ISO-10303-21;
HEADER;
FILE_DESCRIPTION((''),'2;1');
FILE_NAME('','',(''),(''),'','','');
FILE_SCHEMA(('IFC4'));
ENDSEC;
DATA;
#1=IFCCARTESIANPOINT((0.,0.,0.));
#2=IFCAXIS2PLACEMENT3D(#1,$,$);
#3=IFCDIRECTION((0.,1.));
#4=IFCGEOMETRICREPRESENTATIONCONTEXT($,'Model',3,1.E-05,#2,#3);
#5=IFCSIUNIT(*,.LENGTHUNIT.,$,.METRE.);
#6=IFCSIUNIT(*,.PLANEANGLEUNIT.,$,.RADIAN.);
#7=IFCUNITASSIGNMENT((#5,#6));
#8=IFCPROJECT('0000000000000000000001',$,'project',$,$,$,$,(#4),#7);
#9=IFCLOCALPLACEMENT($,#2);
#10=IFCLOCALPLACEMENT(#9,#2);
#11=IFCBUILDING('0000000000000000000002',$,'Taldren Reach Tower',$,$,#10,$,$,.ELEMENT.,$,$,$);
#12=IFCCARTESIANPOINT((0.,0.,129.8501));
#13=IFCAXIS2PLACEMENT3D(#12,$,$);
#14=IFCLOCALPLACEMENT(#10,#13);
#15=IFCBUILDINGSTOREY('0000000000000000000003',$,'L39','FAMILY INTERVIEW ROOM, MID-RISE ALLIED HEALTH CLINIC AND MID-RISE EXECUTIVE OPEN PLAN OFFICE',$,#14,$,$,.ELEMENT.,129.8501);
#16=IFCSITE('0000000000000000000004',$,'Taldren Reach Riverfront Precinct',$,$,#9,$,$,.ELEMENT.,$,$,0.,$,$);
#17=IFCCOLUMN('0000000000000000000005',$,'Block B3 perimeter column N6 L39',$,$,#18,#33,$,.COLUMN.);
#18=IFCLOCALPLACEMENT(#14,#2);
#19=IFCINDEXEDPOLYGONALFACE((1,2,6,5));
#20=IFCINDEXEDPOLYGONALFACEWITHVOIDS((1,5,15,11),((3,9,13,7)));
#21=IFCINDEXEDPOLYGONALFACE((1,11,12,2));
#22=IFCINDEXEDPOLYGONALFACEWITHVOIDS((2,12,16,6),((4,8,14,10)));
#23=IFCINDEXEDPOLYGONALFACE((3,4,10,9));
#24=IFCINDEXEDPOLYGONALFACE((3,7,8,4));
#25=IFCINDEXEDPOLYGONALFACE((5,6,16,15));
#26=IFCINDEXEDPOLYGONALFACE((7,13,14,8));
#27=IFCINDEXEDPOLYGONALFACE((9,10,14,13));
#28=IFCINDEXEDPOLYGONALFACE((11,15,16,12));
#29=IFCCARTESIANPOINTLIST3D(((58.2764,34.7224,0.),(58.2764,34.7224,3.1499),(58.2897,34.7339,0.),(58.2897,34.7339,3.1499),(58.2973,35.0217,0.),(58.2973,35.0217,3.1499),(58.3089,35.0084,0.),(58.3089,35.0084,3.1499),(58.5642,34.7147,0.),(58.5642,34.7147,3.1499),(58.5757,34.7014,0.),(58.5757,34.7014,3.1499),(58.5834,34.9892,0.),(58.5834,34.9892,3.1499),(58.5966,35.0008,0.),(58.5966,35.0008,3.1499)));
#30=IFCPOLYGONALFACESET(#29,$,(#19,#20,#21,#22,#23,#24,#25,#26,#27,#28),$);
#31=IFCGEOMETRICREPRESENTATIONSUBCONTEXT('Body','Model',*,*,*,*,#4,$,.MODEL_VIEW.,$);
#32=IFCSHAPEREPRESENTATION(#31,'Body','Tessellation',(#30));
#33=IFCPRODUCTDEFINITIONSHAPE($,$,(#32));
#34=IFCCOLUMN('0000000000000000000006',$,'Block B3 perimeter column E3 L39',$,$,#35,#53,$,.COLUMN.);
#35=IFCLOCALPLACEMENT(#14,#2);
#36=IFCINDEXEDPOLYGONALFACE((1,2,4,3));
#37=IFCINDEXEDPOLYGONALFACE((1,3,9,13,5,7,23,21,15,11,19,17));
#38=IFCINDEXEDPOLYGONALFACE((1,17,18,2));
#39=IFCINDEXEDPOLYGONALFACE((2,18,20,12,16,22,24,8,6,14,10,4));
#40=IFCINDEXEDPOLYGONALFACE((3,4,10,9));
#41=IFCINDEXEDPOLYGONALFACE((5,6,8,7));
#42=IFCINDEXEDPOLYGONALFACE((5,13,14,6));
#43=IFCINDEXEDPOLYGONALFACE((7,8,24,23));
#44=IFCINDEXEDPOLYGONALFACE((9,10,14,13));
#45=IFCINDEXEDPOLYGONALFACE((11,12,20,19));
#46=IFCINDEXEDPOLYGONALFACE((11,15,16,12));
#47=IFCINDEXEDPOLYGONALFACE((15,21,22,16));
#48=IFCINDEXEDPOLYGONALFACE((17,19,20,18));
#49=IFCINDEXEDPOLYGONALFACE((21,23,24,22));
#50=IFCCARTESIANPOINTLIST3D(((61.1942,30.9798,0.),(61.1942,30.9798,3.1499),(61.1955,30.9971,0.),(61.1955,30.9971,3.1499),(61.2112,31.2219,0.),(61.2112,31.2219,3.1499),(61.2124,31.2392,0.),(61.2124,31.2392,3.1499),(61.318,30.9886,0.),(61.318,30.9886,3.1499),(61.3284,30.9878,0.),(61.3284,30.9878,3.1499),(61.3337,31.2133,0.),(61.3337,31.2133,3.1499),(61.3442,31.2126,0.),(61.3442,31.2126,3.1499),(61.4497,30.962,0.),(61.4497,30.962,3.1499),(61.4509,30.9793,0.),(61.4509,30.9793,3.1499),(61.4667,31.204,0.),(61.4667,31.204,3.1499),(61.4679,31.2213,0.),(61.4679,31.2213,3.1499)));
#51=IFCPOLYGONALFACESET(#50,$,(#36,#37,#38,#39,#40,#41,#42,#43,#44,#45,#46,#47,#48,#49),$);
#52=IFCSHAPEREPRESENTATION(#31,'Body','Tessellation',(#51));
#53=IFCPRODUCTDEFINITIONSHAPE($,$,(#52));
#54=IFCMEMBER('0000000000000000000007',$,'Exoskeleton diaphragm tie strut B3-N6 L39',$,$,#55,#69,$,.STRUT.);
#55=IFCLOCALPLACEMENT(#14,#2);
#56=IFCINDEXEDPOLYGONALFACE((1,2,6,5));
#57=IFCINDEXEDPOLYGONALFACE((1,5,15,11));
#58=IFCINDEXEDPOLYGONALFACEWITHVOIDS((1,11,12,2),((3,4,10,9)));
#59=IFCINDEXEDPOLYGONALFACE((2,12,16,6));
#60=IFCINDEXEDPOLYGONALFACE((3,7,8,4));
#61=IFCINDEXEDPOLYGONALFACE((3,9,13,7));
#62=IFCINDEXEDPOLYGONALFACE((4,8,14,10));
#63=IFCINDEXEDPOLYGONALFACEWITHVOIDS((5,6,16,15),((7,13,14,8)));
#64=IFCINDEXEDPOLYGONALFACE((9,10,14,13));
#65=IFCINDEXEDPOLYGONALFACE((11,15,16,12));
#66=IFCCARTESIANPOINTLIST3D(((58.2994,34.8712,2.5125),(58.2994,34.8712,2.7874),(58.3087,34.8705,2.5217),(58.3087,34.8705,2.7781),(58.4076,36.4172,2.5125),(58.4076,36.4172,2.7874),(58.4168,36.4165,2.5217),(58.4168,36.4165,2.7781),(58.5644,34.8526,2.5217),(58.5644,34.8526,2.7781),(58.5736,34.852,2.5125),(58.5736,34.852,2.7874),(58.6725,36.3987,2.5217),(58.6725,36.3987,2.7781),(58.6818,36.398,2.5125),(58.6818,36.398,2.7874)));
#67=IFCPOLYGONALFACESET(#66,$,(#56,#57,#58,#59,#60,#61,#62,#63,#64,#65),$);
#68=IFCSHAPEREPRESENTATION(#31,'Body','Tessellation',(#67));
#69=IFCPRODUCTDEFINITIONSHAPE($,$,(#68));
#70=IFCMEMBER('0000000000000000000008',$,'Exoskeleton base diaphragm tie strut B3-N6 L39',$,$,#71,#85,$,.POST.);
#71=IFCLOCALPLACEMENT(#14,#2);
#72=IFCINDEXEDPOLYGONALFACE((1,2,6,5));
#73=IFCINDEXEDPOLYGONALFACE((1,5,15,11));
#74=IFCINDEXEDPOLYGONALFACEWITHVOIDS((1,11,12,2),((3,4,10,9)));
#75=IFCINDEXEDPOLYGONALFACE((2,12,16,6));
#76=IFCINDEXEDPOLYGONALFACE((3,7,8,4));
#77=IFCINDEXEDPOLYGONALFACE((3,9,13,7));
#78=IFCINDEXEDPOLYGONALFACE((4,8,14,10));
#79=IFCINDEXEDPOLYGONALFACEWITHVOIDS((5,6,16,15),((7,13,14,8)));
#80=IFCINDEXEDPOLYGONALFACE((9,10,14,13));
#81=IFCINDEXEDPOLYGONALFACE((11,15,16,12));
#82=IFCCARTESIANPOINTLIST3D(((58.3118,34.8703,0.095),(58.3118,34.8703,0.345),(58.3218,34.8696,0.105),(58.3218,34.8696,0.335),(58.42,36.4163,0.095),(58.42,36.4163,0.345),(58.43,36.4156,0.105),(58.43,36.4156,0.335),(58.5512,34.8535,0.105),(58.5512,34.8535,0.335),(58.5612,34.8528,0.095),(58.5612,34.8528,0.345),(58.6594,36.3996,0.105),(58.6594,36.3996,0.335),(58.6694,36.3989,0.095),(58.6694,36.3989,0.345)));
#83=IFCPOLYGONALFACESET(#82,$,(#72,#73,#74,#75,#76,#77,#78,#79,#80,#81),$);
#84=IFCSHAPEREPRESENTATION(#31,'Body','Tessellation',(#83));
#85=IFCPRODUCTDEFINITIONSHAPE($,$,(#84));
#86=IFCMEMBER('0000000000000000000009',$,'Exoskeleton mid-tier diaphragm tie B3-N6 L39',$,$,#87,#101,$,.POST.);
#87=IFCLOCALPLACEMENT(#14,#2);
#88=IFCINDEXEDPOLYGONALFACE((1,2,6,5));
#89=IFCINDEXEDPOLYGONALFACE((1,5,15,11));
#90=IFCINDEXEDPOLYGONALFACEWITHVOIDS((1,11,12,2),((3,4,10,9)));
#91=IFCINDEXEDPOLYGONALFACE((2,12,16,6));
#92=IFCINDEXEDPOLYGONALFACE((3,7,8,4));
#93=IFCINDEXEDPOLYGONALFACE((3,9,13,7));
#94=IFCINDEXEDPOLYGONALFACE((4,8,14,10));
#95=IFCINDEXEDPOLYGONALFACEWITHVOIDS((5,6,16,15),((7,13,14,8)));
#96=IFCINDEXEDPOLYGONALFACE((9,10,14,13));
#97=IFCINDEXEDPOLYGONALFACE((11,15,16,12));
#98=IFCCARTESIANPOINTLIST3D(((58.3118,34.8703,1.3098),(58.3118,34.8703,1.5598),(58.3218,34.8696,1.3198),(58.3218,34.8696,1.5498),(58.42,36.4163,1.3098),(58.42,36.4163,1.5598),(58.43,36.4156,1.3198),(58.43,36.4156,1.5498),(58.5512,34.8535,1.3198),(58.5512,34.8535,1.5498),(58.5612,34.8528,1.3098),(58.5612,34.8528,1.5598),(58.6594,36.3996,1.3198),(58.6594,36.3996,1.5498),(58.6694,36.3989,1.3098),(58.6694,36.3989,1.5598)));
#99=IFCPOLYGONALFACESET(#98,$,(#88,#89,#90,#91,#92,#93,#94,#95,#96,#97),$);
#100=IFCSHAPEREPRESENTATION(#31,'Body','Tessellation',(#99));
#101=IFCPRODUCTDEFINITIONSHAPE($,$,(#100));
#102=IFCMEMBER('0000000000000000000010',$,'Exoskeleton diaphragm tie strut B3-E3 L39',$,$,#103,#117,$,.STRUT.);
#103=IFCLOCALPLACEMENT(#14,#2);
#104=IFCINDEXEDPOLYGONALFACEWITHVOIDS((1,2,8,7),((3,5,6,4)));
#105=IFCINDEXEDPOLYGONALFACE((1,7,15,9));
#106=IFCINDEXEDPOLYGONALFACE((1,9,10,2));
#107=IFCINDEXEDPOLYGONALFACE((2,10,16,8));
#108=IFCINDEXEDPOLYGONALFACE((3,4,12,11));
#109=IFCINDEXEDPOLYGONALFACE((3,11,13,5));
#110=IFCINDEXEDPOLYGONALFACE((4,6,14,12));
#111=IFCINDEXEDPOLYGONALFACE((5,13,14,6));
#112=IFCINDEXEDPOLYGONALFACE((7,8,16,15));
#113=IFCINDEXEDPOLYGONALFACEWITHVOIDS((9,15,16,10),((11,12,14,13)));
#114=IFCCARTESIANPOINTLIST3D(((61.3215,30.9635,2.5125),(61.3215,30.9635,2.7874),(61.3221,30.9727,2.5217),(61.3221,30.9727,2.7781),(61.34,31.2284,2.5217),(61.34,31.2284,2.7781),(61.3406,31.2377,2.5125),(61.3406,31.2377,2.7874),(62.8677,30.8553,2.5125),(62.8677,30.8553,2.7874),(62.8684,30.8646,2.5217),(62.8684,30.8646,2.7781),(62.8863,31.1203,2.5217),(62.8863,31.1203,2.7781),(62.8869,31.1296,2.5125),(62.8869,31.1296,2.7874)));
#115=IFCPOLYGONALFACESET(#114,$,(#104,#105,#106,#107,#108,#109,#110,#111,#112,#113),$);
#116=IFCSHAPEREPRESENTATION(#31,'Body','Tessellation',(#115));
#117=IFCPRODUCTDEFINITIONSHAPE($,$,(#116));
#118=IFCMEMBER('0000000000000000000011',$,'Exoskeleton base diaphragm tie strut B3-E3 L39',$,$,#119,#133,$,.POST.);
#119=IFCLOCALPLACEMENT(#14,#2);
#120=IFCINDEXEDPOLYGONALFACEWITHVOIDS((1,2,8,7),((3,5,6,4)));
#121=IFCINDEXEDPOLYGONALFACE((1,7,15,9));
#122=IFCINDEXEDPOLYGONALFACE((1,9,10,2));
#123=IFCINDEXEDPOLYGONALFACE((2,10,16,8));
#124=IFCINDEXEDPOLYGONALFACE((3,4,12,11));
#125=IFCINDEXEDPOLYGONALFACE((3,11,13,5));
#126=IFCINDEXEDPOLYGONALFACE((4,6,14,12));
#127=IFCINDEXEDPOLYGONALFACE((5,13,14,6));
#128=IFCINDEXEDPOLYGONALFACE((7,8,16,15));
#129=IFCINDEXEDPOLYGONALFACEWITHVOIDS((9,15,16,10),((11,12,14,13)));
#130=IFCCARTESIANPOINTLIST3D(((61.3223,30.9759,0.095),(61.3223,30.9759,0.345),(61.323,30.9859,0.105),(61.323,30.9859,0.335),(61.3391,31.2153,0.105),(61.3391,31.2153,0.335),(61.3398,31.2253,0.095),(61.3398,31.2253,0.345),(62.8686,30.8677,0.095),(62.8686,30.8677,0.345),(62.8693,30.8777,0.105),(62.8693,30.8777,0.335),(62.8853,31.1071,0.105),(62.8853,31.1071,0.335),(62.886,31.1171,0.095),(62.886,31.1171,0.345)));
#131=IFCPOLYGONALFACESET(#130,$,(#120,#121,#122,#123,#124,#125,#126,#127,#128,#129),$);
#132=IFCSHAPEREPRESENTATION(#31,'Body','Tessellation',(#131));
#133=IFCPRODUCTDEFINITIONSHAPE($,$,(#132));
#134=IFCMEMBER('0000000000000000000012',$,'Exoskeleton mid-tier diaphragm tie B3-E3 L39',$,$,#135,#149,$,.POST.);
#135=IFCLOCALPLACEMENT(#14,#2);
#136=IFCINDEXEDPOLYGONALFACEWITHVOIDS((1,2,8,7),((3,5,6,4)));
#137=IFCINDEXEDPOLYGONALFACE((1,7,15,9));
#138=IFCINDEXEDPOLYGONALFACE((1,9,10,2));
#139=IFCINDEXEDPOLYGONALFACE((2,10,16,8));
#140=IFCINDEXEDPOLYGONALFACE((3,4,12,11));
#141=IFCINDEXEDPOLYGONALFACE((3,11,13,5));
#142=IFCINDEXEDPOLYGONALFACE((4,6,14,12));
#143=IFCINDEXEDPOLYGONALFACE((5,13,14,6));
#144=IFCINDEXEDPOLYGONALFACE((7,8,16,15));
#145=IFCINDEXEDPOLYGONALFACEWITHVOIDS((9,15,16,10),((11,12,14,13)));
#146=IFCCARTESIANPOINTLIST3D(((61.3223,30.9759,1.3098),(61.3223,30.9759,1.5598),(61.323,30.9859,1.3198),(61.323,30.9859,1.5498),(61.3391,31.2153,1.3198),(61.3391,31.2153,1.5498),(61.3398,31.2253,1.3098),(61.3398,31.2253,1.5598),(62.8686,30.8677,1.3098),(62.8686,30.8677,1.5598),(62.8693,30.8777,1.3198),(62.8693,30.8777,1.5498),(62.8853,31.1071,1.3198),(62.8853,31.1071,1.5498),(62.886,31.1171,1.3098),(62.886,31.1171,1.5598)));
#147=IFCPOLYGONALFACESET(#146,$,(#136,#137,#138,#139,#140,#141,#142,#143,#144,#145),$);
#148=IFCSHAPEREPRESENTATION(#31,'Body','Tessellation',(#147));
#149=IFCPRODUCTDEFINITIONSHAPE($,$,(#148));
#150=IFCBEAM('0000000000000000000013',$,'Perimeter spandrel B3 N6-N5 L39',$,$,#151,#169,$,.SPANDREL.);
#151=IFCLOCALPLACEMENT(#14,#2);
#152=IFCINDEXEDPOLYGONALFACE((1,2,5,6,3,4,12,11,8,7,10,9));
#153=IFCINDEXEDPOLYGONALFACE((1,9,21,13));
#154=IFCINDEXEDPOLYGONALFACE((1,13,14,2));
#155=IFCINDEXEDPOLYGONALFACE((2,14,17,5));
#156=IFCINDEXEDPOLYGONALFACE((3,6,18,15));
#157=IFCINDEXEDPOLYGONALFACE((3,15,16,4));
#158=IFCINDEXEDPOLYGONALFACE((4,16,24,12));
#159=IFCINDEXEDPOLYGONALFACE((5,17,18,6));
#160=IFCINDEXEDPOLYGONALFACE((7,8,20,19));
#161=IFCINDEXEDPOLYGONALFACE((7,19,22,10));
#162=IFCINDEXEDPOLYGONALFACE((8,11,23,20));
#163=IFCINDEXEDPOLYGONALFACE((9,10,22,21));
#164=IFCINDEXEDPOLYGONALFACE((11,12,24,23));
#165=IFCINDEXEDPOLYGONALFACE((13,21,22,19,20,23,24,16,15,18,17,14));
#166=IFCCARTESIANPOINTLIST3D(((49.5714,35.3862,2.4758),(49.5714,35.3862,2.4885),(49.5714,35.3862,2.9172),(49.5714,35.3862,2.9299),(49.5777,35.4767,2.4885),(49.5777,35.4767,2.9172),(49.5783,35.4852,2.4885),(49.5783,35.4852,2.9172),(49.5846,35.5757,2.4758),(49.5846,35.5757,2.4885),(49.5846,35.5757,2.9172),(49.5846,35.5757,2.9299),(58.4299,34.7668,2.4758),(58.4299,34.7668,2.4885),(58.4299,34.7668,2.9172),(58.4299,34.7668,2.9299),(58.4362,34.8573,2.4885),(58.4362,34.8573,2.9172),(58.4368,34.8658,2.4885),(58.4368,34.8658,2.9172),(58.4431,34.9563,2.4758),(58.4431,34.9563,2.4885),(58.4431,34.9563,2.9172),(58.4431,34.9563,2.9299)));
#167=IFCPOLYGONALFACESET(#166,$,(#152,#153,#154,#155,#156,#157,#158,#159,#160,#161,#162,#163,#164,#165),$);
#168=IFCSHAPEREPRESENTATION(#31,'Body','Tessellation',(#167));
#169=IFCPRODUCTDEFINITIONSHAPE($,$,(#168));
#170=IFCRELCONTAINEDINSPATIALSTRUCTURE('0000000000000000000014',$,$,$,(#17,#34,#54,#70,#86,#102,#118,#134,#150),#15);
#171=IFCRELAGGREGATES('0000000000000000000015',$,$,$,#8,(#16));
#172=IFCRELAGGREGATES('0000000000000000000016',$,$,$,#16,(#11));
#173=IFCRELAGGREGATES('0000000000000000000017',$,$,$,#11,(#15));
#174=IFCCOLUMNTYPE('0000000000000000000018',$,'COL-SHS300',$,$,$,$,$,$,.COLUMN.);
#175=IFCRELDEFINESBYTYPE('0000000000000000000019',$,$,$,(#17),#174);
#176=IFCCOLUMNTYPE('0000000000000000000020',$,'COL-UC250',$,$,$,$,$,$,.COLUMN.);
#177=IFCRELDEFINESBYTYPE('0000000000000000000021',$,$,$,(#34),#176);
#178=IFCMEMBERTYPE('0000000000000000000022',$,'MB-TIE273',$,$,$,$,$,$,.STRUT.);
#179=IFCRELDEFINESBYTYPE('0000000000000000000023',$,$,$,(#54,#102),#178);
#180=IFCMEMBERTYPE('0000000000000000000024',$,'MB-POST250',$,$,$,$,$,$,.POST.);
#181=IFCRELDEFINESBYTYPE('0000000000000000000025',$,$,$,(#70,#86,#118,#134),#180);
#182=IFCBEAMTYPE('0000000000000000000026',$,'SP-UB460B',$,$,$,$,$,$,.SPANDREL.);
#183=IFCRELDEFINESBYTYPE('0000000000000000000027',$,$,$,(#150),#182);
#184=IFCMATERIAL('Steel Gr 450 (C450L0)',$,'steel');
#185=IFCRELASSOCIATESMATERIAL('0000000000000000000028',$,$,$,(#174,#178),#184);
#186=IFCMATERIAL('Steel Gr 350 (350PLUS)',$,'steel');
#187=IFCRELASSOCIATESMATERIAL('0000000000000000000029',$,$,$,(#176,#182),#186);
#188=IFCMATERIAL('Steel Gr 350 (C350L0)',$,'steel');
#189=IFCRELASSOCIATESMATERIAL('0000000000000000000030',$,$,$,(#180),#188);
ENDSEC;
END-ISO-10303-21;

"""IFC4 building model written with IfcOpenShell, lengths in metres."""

from ifc_helpers import new_model, si_unit, direction, frame, origin, origin_2d, place, context, subcontext, project, spatial, hollow_rectangle, i_section, extrude, source, transform, mapped, material, material_profile, profile_set, type_object, element, save


model = new_model("IFC4")

# Units and contexts
model_context = context("Model", 3, precision=1e-05, world=origin(), true_north=direction((0.0, 1.0)))
body_context = subcontext(model_context, "Body", "Model", "MODEL_VIEW")
ifc_project = project(units=[si_unit("LENGTHUNIT", "METRE"), si_unit("PLANEANGLEUNIT", "RADIAN")], contexts=[model_context])

# Site, building, storey
site_placement = place(None, origin())
site = spatial("IfcSite", under=ifc_project, at=site_placement, Name="Taldren Reach Riverfront Precinct", CompositionType="ELEMENT", RefElevation=0.0)
building_placement = place(site_placement, origin())
building = spatial("IfcBuilding", under=site, at=building_placement, Name="Taldren Reach Tower", CompositionType="ELEMENT")
storey_placement = place(building_placement, frame((0.0, 0.0, 129.8501)))
storey = spatial("IfcBuildingStorey", under=building, at=storey_placement, Name="L39", Description="FAMILY INTERVIEW ROOM, MID-RISE ALLIED HEALTH CLINIC AND MID-RISE EXECUTIVE OPEN PLAN OFFICE", CompositionType="ELEMENT", Elevation=129.8501)

# Columns
ifc_material_1 = material(Name="Steel Gr 450 (C450L0)", Category="steel")
ifc_material_profile_1 = material_profile(ifc_material_1, hollow_rectangle(XDim=0.3, YDim=0.3, WallThickness=0.0125, at=origin_2d()), Name="300x300x12.5SHS")
ifc_profile_set_1 = profile_set([ifc_material_profile_1], Name="Steel Gr 450 (C450L0)")
column_type_1 = type_object("IfcColumnType", Name="COL-SHS300", PredefinedType="COLUMN", material=ifc_profile_set_1)
shared_shape_1 = source(origin(), body_context, "Body", "SweptSolid", [
    extrude(hollow_rectangle(XDim=0.3, YDim=0.3, WallThickness=0.0125, at=origin_2d()), origin(), (0.0, 0.0, 1.0), 3.1499),
])
column_1_placement = place(storey_placement, frame((58.4365, 34.8616, 0.0), z_axis=(0.0, 0.0, 1.0), x_axis=(0.997564, -0.069756, 0.0)))
element("IfcColumn", 1, at=column_1_placement, inside=storey, type_object=column_type_1, Name="Block B3 perimeter column N6 L39", PredefinedType="COLUMN", context=body_context, shape_type="MappedRepresentation", body=[
    mapped(shared_shape_1, transform((0.0, 0.0, 0.0), scale=1.0)),
])
ifc_material_2 = material(Name="Steel Gr 350 (350PLUS)", Category="steel")
ifc_material_profile_2 = material_profile(ifc_material_2, i_section(OverallWidth=0.2561, OverallDepth=0.26, WebThickness=0.0105, FlangeThickness=0.0173, at=origin_2d()), Name="250UC89.5")
ifc_profile_set_2 = profile_set([ifc_material_profile_2], Name="Steel Gr 350 (350PLUS)")
column_type_2 = type_object("IfcColumnType", Name="COL-UC250", PredefinedType="COLUMN", material=ifc_profile_set_2)
shared_shape_2 = source(origin(), body_context, "Body", "SweptSolid", [
    extrude(i_section(OverallWidth=0.2561, OverallDepth=0.26, WebThickness=0.0105, FlangeThickness=0.0173, at=origin_2d()), origin(), (0.0, 0.0, 1.0), 3.1499),
])
column_2_placement = place(storey_placement, frame((61.3311, 31.1006, 0.0), z_axis=(0.0, 0.0, 1.0), x_axis=(0.997564, -0.069756, 0.0)))
element("IfcColumn", 2, at=column_2_placement, inside=storey, type_object=column_type_2, Name="Block B3 perimeter column E3 L39", PredefinedType="COLUMN", context=body_context, shape_type="MappedRepresentation", body=[
    mapped(shared_shape_2, transform((0.0, 0.0, 0.0), scale=1.0)),
])

# Members
ifc_material_profile_3 = material_profile(ifc_material_1, hollow_rectangle(XDim=0.2749, YDim=0.2749, WallThickness=0.0093, at=origin_2d()), Name="275x275x9.3SHS")
ifc_profile_set_3 = profile_set([ifc_material_profile_3], Name="Steel Gr 450 (C450L0)")
member_type_1 = type_object("IfcMemberType", Name="MB-TIE273", PredefinedType="STRUT", material=ifc_profile_set_3)
shared_shape_3 = source(origin(), body_context, "Body", "SweptSolid", [
    extrude(hollow_rectangle(XDim=0.2749, YDim=0.2749, WallThickness=0.0093, at=origin_2d()), origin(), (0.0, 0.0, 1.0), 1.5498),
])
member_1_placement = place(storey_placement, frame((58.4365, 34.8616, 2.6499), z_axis=(0.069781, 0.997562, 0.0), x_axis=(-0.997562, 0.069781, 0.0)))
element("IfcMember", 3, at=member_1_placement, inside=storey, type_object=member_type_1, Name="Exoskeleton diaphragm tie strut B3-N6 L39", PredefinedType="STRUT", context=body_context, shape_type="MappedRepresentation", body=[
    mapped(shared_shape_3, transform((0.0, 0.0, 0.0), scale=1.0)),
])
ifc_material_3 = material(Name="Steel Gr 350 (C350L0)", Category="steel")
ifc_material_profile_4 = material_profile(ifc_material_3, hollow_rectangle(XDim=0.25, YDim=0.25, WallThickness=0.01, at=origin_2d()), Name="250x250x10.0SHS")
ifc_profile_set_4 = profile_set([ifc_material_profile_4], Name="Steel Gr 350 (C350L0)")
member_type_2 = type_object("IfcMemberType", Name="MB-POST250", PredefinedType="POST", material=ifc_profile_set_4)
shared_shape_4 = source(origin(), body_context, "Body", "SweptSolid", [
    extrude(hollow_rectangle(XDim=0.25, YDim=0.25, WallThickness=0.01, at=origin_2d()), origin(), (0.0, 0.0, 1.0), 1.5498),
])
for number, where, z_axis, x_axis, name in (
    (4, (58.4365, 34.8616, 0.22), (0.069781, 0.997562, 0.0), (-0.997562, 0.069781, 0.0), "Exoskeleton base diaphragm tie strut B3-N6 L39"),
    (5, (58.4365, 34.8616, 1.4348), (0.069781, 0.997562, 0.0), (-0.997562, 0.069781, 0.0), "Exoskeleton mid-tier diaphragm tie B3-N6 L39"),
):
    element("IfcMember", number, at=place(storey_placement, frame(where, z_axis=z_axis, x_axis=x_axis)), inside=storey, type_object=member_type_2, Name=name, PredefinedType="POST", context=body_context, shape_type="MappedRepresentation", body=[
        mapped(shared_shape_4, transform((0.0, 0.0, 0.0), scale=1.0)),
    ])
shared_shape_5 = source(origin(), body_context, "Body", "SweptSolid", [
    extrude(hollow_rectangle(XDim=0.2749, YDim=0.2749, WallThickness=0.0093, at=origin_2d()), origin(), (0.0, 0.0, 1.0), 1.55),
])
member_2_placement = place(storey_placement, frame((61.3311, 31.1006, 2.6499), z_axis=(0.997563, -0.06977, 0.0), x_axis=(0.06977, 0.997563, 0.0)))
element("IfcMember", 6, at=member_2_placement, inside=storey, type_object=member_type_1, Name="Exoskeleton diaphragm tie strut B3-E3 L39", PredefinedType="STRUT", context=body_context, shape_type="MappedRepresentation", body=[
    mapped(shared_shape_5, transform((0.0, 0.0, 0.0), scale=1.0)),
])
shared_shape_6 = source(origin(), body_context, "Body", "SweptSolid", [
    extrude(hollow_rectangle(XDim=0.25, YDim=0.25, WallThickness=0.01, at=origin_2d()), origin(), (0.0, 0.0, 1.0), 1.55),
])
for number, where, z_axis, x_axis, name in (
    (7, (61.3311, 31.1006, 0.22), (0.997563, -0.06977, 0.0), (0.06977, 0.997563, 0.0), "Exoskeleton base diaphragm tie strut B3-E3 L39"),
    (8, (61.3311, 31.1006, 1.4348), (0.997563, -0.06977, 0.0), (0.06977, 0.997563, 0.0), "Exoskeleton mid-tier diaphragm tie B3-E3 L39"),
):
    element("IfcMember", number, at=place(storey_placement, frame(where, z_axis=z_axis, x_axis=x_axis)), inside=storey, type_object=member_type_2, Name=name, PredefinedType="POST", context=body_context, shape_type="MappedRepresentation", body=[
        mapped(shared_shape_6, transform((0.0, 0.0, 0.0), scale=1.0)),
    ])

# Beam
ifc_material_profile_5 = material_profile(ifc_material_2, i_section(OverallWidth=0.1899, OverallDepth=0.4541, WebThickness=0.0085, FlangeThickness=0.0127, at=origin_2d()), Name="460UB67.1")
ifc_profile_set_5 = profile_set([ifc_material_profile_5], Name="Steel Gr 350 (350PLUS)")
beam_type = type_object("IfcBeamType", Name="SP-UB460B", PredefinedType="SPANDREL", material=ifc_profile_set_5)
shared_shape_7 = source(origin(), body_context, "Body", "SweptSolid", [
    extrude(i_section(OverallWidth=0.1899, OverallDepth=0.4541, WebThickness=0.0085, FlangeThickness=0.0127, at=origin_2d()), origin(), (0.0, 0.0, 1.0), 8.8801),
])
beam_1_placement = place(storey_placement, frame((58.4365, 34.8616, 2.7029), z_axis=(-0.997564, 0.06975, 0.0), x_axis=(-0.06975, -0.997564, 0.0)))
element("IfcBeam", 9, at=beam_1_placement, inside=storey, type_object=beam_type, Name="Perimeter spandrel B3 N6-N5 L39", PredefinedType="SPANDREL", context=body_context, shape_type="MappedRepresentation", body=[
    mapped(shared_shape_7, transform((0.0, 0.0, 0.0), scale=1.0)),
])

save(model, "model.ifc")
